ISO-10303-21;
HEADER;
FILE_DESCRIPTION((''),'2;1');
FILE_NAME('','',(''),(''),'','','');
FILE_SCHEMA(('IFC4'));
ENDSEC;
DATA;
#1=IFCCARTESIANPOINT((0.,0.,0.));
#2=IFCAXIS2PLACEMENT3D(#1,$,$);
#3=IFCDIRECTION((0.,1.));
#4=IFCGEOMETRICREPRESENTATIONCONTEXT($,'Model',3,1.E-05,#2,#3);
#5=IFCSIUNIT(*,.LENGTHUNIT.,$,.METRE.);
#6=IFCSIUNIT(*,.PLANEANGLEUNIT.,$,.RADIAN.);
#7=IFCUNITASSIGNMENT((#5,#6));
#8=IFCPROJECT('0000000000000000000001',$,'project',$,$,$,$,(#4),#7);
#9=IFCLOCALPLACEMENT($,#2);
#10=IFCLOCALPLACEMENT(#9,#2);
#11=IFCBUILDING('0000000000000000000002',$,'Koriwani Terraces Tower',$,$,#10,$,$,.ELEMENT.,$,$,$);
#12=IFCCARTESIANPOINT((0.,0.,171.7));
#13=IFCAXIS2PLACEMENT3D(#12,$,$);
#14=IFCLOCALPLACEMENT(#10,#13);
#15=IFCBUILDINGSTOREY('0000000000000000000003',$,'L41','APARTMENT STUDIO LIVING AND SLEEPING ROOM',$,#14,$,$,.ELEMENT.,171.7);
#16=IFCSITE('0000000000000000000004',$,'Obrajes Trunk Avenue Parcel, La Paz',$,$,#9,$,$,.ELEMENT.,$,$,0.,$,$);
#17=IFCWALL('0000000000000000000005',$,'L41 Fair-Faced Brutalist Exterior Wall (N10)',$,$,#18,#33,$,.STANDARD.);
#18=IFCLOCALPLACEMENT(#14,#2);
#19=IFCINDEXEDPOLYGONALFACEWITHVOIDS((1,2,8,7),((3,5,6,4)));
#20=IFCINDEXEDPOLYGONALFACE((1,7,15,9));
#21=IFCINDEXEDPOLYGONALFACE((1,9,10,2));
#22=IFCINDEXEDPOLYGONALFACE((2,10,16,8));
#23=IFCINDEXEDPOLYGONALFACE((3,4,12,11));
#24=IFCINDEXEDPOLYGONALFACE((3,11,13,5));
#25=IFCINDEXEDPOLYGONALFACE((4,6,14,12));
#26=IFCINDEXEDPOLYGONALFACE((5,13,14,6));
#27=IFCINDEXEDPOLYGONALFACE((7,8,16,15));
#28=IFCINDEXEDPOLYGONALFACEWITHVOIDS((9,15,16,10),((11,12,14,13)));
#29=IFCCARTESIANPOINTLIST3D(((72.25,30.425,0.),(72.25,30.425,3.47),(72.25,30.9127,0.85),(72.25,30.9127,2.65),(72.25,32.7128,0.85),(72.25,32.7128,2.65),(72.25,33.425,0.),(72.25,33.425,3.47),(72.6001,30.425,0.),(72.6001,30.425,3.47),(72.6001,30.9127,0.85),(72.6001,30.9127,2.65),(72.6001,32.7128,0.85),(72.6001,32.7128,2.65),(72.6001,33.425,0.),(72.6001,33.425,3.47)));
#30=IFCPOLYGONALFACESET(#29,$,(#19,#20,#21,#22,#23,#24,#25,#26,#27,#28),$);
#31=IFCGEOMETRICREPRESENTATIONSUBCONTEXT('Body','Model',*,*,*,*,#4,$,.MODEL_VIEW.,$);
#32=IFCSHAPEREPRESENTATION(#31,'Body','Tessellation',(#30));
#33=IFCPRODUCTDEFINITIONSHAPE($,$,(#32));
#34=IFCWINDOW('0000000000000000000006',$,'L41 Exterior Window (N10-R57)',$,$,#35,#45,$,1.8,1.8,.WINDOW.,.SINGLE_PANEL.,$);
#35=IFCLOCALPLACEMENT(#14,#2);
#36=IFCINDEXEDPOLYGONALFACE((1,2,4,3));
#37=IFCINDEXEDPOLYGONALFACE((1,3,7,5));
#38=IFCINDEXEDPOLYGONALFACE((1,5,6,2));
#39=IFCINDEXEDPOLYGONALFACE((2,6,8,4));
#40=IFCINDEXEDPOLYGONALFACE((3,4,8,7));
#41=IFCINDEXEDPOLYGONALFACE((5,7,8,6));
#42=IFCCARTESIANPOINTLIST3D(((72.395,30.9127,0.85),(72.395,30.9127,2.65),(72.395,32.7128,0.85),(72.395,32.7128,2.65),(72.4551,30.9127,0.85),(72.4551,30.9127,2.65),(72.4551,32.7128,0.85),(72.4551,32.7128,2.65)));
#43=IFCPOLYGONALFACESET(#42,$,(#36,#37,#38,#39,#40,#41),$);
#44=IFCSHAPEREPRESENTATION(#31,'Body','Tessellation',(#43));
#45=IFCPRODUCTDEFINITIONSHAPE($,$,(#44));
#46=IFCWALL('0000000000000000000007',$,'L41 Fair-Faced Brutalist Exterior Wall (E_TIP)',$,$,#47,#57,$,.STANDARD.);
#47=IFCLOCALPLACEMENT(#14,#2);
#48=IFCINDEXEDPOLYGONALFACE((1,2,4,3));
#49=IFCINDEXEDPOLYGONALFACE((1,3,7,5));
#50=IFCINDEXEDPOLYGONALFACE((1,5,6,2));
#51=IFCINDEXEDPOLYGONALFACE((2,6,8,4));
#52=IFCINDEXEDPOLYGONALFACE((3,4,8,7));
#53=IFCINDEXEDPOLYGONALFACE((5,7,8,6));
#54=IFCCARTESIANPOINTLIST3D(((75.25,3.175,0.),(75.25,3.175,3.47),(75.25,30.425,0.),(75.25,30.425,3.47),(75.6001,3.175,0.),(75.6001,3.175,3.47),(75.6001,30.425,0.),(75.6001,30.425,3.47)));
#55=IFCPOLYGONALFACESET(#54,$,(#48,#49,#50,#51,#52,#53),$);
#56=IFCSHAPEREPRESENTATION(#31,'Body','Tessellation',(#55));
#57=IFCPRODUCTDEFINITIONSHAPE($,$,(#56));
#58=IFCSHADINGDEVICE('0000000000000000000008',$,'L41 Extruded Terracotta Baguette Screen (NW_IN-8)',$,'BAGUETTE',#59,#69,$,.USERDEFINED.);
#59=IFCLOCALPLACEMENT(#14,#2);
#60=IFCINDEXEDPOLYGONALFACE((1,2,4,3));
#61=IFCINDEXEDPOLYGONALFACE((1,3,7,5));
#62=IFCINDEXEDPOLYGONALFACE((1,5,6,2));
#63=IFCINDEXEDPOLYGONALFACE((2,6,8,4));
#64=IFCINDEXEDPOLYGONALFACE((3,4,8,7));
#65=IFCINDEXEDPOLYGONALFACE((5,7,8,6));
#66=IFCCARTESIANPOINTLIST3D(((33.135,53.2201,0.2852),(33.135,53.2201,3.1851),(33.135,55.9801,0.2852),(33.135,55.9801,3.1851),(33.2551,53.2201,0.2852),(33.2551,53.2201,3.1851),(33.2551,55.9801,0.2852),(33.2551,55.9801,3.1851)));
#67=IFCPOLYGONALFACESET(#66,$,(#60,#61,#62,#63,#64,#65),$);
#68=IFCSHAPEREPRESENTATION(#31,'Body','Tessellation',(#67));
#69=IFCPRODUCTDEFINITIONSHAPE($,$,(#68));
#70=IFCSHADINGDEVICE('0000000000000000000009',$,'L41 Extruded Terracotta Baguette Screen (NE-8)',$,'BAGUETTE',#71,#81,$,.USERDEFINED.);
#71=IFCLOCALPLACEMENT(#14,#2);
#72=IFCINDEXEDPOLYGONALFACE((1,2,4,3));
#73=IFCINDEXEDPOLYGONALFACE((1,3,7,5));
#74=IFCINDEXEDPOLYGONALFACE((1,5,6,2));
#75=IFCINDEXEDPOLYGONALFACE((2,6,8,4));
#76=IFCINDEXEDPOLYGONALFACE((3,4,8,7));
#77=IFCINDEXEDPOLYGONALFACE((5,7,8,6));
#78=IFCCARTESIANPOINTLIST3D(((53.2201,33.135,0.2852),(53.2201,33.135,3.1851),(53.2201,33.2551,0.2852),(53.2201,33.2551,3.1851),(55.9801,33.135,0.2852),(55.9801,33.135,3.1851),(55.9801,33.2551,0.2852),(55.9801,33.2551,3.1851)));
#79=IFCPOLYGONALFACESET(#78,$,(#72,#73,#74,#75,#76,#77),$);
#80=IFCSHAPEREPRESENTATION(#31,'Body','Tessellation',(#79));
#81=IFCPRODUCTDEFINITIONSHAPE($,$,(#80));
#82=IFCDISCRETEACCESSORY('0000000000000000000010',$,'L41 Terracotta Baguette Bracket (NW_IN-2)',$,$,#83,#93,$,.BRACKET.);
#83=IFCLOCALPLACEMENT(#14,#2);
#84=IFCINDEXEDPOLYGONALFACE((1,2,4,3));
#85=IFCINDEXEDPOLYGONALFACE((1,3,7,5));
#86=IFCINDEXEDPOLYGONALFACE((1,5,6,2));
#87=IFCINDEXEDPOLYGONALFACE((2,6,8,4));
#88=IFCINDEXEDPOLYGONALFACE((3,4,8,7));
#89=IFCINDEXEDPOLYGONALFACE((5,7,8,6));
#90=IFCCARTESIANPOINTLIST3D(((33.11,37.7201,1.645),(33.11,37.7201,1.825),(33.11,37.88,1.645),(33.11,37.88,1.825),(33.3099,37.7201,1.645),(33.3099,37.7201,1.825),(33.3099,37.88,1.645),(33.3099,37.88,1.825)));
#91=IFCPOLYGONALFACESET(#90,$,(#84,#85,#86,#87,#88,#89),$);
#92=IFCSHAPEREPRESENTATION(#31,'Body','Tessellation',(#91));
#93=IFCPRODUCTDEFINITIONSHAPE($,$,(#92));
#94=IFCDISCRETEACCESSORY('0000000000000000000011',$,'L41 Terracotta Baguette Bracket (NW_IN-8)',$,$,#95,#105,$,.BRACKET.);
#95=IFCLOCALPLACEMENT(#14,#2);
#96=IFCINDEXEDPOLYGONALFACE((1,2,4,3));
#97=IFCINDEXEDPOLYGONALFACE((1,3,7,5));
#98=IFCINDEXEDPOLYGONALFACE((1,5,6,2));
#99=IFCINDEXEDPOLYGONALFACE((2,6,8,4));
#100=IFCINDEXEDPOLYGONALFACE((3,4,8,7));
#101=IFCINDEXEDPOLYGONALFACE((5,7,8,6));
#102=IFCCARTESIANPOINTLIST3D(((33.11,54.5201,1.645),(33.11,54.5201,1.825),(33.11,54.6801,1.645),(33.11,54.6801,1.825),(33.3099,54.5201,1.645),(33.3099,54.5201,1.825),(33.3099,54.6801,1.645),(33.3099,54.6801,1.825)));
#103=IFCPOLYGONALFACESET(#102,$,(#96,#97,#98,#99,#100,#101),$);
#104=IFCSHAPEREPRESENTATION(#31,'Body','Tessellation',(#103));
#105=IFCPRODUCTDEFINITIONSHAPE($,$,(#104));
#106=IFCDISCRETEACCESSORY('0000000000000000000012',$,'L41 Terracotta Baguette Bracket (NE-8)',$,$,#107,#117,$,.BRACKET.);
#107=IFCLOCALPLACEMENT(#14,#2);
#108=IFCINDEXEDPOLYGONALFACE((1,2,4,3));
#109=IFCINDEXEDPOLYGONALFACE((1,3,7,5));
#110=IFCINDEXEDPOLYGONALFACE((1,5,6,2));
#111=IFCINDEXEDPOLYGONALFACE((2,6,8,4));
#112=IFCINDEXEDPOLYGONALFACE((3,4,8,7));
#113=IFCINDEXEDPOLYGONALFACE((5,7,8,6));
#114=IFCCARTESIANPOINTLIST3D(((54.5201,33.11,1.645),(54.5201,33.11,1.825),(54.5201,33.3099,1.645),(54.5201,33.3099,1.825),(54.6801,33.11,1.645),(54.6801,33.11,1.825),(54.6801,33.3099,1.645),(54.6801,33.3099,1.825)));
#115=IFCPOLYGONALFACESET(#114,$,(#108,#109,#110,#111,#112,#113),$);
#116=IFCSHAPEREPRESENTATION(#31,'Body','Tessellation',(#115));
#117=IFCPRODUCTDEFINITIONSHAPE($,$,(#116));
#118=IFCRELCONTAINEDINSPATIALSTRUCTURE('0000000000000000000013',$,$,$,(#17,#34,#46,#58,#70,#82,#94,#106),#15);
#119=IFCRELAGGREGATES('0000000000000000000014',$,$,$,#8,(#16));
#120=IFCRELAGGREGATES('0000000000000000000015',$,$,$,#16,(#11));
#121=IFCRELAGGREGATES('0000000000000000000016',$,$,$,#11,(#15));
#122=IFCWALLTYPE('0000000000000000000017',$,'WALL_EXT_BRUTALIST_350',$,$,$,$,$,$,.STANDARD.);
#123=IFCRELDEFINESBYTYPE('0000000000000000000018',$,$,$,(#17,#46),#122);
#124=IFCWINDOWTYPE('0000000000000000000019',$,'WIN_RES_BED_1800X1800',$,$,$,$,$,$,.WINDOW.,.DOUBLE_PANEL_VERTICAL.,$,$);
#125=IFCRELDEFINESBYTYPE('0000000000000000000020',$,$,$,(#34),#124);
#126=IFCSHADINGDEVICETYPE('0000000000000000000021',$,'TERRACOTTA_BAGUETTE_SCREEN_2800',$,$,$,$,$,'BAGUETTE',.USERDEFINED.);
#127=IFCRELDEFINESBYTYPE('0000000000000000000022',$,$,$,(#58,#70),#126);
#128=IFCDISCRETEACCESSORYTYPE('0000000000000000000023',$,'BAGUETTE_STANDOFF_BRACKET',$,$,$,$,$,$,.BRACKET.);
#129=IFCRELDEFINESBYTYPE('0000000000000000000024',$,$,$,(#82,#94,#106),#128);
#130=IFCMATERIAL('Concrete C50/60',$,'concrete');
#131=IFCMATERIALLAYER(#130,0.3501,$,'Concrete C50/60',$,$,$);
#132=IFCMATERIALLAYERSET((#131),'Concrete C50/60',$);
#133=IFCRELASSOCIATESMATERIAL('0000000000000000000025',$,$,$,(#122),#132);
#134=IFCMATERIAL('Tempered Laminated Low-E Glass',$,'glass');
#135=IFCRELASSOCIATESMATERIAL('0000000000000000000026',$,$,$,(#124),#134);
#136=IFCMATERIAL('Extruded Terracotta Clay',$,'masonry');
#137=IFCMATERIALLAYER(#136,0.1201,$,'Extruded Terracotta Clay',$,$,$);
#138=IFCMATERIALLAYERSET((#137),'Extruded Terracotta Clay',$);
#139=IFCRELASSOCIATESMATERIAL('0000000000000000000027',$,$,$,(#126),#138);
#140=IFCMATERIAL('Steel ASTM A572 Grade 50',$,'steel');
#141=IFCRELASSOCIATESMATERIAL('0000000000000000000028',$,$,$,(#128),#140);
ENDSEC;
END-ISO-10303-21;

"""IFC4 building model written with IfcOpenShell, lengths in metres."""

from ifc_helpers import new_model, si_unit, direction, frame, frame_2d, origin, origin_2d, place, context, subcontext, project, spatial, rectangle, extrude, material, layer, layer_set, type_object, element, fill, save


model = new_model("IFC4")

# Units and contexts
model_context = context("Model", 3, precision=1e-05, world=origin(), true_north=direction((0.0, 1.0)))
body_context = subcontext(model_context, "Body", "Model", "MODEL_VIEW")
ifc_project = project(units=[si_unit("LENGTHUNIT", "METRE"), si_unit("PLANEANGLEUNIT", "RADIAN")], contexts=[model_context])

# Site, building, storey
site_placement = place(None, origin())
site = spatial("IfcSite", under=ifc_project, at=site_placement, Name="Obrajes Trunk Avenue Parcel, La Paz", CompositionType="ELEMENT", RefElevation=0.0)
building_placement = place(site_placement, origin())
building = spatial("IfcBuilding", under=site, at=building_placement, Name="Koriwani Terraces Tower", CompositionType="ELEMENT")
storey_placement = place(building_placement, frame((0.0, 0.0, 171.7)))
storey = spatial("IfcBuildingStorey", under=building, at=storey_placement, Name="L41", Description="APARTMENT STUDIO LIVING AND SLEEPING ROOM", CompositionType="ELEMENT", Elevation=171.7)

# Shared definitions
ifc_material_1 = material(Name="Concrete C50/60", Category="concrete")

# Shared definitions
ifc_layer_1 = layer(ifc_material_1, 0.3501, Name="Concrete C50/60")
ifc_layer_set_1 = layer_set([ifc_layer_1], Name="Concrete C50/60")
wall_type = type_object("IfcWallType", Name="WALL_EXT_BRUTALIST_350", PredefinedType="STANDARD", material=ifc_layer_set_1)
ifc_material_2 = material(Name="Tempered Laminated Low-E Glass", Category="glass")
window_type_1 = type_object("IfcWindowType", Name="WIN_RES_BED_1800X1800", PartitioningType="DOUBLE_PANEL_VERTICAL", PredefinedType="WINDOW", material=ifc_material_2)

# Wall, opening, window
wall_1_placement = place(storey_placement, frame((72.425, 33.425, 0.0), z_axis=(0.0, 0.0, 1.0), x_axis=(0.0, -1.0, 0.0)))
wall_1 = element("IfcWall", 1, at=wall_1_placement, inside=storey, type_object=wall_type, Name="L41 Fair-Faced Brutalist Exterior Wall (N10)", PredefinedType="STANDARD", context=body_context, shape_type="SweptSolid", body=[
    extrude(rectangle(XDim=3.0, YDim=0.3501, at=frame_2d((1.5, 0.0))), origin(), (0.0, 0.0, 1.0), 3.47),
])
opening_1_placement = place(wall_1_placement, frame((0.7124, 0.0, 0.8501)))
opening_1 = element("IfcOpeningElement", 2, at=opening_1_placement, cuts=wall_1, PredefinedType="OPENING", context=body_context, shape_type="SweptSolid", body=[
    extrude(rectangle(XDim=1.8, YDim=1.8, at=frame_2d((0.8999, 0.8999))), frame((0.0, 0.1851, 0.0), z_axis=(0.0, -1.0, 0.0), x_axis=(1.0, 0.0, 0.0)), (0.0, 0.0, 1.0), 0.3701),
])
window_1_placement = place(opening_1_placement, origin())
window_1 = element("IfcWindow", 3, at=window_1_placement, inside=storey, type_object=window_type_1, Name="L41 Exterior Window (N10-R57)", OverallHeight=1.8, OverallWidth=1.8, PartitioningType="SINGLE_PANEL", PredefinedType="WINDOW", context=body_context, shape_type="SweptSolid", body=[
    extrude(rectangle(XDim=1.8, YDim=1.8, at=frame_2d((0.8999, 0.8999))), frame((0.0, 0.03, 0.0), z_axis=(0.0, -1.0, 0.0), x_axis=(1.0, 0.0, 0.0)), (0.0, 0.0, 1.0), 0.0601),
])
fill(opening_1, window_1)

# Wall
wall_2_placement = place(storey_placement, frame((75.425, 30.425, 0.0), z_axis=(0.0, 0.0, 1.0), x_axis=(0.0, -1.0, 0.0)))
element("IfcWall", 4, at=wall_2_placement, inside=storey, type_object=wall_type, Name="L41 Fair-Faced Brutalist Exterior Wall (E_TIP)", PredefinedType="STANDARD", context=body_context, shape_type="SweptSolid", body=[
    extrude(rectangle(XDim=27.25, YDim=0.3501, at=frame_2d((13.625, 0.0))), origin(), (0.0, 0.0, 1.0), 3.47),
])

# Shared definitions
ifc_material_3 = material(Name="Steel ASTM A572 Grade 50", Category="steel")

# Shading devices
ifc_material_4 = material(Name="Extruded Terracotta Clay", Category="masonry")
ifc_layer_2 = layer(ifc_material_4, 0.1201, Name="Extruded Terracotta Clay")
ifc_layer_set_2 = layer_set([ifc_layer_2], Name="Extruded Terracotta Clay")
shading_device_type = type_object("IfcShadingDeviceType", Name="TERRACOTTA_BAGUETTE_SCREEN_2800", ElementType="BAGUETTE", PredefinedType="USERDEFINED", material=ifc_layer_set_2)
for number, where, z_axis, x_axis, name in (
    (5, (33.1951, 54.6001, 0.2852), (0.0, 0.0, 1.0), (0.0, -1.0, 0.0), "L41 Extruded Terracotta Baguette Screen (NW_IN-8)"),
    (6, (54.6001, 33.1951, 0.2852), (0.0, 0.0, 1.0), (1.0, 0.0, 0.0), "L41 Extruded Terracotta Baguette Screen (NE-8)"),
):
    element("IfcShadingDevice", number, at=place(storey_placement, frame(where, z_axis=z_axis, x_axis=x_axis)), inside=storey, type_object=shading_device_type, Name=name, ObjectType="BAGUETTE", PredefinedType="USERDEFINED", context=body_context, shape_type="SweptSolid", body=[
        extrude(rectangle(XDim=2.76, YDim=0.1201, at=origin_2d()), origin(), (0.0, 0.0, 1.0), 2.8999),
    ])

# Discrete accessories
discrete_accessory_type = type_object("IfcDiscreteAccessoryType", Name="BAGUETTE_STANDOFF_BRACKET", PredefinedType="BRACKET", material=ifc_material_3)
for number, where, z_axis, x_axis, name in (
    (7, (33.21, 37.8, 1.645), (0.0, 0.0, 1.0), (0.0, -1.0, 0.0), "L41 Terracotta Baguette Bracket (NW_IN-2)"),
    (8, (33.21, 54.6001, 1.645), (0.0, 0.0, 1.0), (0.0, -1.0, 0.0), "L41 Terracotta Baguette Bracket (NW_IN-8)"),
    (9, (54.6001, 33.21, 1.645), (0.0, 0.0, 1.0), (1.0, 0.0, 0.0), "L41 Terracotta Baguette Bracket (NE-8)"),
):
    element("IfcDiscreteAccessory", number, at=place(storey_placement, frame(where, z_axis=z_axis, x_axis=x_axis)), inside=storey, type_object=discrete_accessory_type, Name=name, PredefinedType="BRACKET", context=body_context, shape_type="SweptSolid", body=[
        extrude(rectangle(XDim=0.1599, YDim=0.2, at=origin_2d()), origin(), (0.0, 0.0, 1.0), 0.1799),
    ])

save(model, "model.ifc")
